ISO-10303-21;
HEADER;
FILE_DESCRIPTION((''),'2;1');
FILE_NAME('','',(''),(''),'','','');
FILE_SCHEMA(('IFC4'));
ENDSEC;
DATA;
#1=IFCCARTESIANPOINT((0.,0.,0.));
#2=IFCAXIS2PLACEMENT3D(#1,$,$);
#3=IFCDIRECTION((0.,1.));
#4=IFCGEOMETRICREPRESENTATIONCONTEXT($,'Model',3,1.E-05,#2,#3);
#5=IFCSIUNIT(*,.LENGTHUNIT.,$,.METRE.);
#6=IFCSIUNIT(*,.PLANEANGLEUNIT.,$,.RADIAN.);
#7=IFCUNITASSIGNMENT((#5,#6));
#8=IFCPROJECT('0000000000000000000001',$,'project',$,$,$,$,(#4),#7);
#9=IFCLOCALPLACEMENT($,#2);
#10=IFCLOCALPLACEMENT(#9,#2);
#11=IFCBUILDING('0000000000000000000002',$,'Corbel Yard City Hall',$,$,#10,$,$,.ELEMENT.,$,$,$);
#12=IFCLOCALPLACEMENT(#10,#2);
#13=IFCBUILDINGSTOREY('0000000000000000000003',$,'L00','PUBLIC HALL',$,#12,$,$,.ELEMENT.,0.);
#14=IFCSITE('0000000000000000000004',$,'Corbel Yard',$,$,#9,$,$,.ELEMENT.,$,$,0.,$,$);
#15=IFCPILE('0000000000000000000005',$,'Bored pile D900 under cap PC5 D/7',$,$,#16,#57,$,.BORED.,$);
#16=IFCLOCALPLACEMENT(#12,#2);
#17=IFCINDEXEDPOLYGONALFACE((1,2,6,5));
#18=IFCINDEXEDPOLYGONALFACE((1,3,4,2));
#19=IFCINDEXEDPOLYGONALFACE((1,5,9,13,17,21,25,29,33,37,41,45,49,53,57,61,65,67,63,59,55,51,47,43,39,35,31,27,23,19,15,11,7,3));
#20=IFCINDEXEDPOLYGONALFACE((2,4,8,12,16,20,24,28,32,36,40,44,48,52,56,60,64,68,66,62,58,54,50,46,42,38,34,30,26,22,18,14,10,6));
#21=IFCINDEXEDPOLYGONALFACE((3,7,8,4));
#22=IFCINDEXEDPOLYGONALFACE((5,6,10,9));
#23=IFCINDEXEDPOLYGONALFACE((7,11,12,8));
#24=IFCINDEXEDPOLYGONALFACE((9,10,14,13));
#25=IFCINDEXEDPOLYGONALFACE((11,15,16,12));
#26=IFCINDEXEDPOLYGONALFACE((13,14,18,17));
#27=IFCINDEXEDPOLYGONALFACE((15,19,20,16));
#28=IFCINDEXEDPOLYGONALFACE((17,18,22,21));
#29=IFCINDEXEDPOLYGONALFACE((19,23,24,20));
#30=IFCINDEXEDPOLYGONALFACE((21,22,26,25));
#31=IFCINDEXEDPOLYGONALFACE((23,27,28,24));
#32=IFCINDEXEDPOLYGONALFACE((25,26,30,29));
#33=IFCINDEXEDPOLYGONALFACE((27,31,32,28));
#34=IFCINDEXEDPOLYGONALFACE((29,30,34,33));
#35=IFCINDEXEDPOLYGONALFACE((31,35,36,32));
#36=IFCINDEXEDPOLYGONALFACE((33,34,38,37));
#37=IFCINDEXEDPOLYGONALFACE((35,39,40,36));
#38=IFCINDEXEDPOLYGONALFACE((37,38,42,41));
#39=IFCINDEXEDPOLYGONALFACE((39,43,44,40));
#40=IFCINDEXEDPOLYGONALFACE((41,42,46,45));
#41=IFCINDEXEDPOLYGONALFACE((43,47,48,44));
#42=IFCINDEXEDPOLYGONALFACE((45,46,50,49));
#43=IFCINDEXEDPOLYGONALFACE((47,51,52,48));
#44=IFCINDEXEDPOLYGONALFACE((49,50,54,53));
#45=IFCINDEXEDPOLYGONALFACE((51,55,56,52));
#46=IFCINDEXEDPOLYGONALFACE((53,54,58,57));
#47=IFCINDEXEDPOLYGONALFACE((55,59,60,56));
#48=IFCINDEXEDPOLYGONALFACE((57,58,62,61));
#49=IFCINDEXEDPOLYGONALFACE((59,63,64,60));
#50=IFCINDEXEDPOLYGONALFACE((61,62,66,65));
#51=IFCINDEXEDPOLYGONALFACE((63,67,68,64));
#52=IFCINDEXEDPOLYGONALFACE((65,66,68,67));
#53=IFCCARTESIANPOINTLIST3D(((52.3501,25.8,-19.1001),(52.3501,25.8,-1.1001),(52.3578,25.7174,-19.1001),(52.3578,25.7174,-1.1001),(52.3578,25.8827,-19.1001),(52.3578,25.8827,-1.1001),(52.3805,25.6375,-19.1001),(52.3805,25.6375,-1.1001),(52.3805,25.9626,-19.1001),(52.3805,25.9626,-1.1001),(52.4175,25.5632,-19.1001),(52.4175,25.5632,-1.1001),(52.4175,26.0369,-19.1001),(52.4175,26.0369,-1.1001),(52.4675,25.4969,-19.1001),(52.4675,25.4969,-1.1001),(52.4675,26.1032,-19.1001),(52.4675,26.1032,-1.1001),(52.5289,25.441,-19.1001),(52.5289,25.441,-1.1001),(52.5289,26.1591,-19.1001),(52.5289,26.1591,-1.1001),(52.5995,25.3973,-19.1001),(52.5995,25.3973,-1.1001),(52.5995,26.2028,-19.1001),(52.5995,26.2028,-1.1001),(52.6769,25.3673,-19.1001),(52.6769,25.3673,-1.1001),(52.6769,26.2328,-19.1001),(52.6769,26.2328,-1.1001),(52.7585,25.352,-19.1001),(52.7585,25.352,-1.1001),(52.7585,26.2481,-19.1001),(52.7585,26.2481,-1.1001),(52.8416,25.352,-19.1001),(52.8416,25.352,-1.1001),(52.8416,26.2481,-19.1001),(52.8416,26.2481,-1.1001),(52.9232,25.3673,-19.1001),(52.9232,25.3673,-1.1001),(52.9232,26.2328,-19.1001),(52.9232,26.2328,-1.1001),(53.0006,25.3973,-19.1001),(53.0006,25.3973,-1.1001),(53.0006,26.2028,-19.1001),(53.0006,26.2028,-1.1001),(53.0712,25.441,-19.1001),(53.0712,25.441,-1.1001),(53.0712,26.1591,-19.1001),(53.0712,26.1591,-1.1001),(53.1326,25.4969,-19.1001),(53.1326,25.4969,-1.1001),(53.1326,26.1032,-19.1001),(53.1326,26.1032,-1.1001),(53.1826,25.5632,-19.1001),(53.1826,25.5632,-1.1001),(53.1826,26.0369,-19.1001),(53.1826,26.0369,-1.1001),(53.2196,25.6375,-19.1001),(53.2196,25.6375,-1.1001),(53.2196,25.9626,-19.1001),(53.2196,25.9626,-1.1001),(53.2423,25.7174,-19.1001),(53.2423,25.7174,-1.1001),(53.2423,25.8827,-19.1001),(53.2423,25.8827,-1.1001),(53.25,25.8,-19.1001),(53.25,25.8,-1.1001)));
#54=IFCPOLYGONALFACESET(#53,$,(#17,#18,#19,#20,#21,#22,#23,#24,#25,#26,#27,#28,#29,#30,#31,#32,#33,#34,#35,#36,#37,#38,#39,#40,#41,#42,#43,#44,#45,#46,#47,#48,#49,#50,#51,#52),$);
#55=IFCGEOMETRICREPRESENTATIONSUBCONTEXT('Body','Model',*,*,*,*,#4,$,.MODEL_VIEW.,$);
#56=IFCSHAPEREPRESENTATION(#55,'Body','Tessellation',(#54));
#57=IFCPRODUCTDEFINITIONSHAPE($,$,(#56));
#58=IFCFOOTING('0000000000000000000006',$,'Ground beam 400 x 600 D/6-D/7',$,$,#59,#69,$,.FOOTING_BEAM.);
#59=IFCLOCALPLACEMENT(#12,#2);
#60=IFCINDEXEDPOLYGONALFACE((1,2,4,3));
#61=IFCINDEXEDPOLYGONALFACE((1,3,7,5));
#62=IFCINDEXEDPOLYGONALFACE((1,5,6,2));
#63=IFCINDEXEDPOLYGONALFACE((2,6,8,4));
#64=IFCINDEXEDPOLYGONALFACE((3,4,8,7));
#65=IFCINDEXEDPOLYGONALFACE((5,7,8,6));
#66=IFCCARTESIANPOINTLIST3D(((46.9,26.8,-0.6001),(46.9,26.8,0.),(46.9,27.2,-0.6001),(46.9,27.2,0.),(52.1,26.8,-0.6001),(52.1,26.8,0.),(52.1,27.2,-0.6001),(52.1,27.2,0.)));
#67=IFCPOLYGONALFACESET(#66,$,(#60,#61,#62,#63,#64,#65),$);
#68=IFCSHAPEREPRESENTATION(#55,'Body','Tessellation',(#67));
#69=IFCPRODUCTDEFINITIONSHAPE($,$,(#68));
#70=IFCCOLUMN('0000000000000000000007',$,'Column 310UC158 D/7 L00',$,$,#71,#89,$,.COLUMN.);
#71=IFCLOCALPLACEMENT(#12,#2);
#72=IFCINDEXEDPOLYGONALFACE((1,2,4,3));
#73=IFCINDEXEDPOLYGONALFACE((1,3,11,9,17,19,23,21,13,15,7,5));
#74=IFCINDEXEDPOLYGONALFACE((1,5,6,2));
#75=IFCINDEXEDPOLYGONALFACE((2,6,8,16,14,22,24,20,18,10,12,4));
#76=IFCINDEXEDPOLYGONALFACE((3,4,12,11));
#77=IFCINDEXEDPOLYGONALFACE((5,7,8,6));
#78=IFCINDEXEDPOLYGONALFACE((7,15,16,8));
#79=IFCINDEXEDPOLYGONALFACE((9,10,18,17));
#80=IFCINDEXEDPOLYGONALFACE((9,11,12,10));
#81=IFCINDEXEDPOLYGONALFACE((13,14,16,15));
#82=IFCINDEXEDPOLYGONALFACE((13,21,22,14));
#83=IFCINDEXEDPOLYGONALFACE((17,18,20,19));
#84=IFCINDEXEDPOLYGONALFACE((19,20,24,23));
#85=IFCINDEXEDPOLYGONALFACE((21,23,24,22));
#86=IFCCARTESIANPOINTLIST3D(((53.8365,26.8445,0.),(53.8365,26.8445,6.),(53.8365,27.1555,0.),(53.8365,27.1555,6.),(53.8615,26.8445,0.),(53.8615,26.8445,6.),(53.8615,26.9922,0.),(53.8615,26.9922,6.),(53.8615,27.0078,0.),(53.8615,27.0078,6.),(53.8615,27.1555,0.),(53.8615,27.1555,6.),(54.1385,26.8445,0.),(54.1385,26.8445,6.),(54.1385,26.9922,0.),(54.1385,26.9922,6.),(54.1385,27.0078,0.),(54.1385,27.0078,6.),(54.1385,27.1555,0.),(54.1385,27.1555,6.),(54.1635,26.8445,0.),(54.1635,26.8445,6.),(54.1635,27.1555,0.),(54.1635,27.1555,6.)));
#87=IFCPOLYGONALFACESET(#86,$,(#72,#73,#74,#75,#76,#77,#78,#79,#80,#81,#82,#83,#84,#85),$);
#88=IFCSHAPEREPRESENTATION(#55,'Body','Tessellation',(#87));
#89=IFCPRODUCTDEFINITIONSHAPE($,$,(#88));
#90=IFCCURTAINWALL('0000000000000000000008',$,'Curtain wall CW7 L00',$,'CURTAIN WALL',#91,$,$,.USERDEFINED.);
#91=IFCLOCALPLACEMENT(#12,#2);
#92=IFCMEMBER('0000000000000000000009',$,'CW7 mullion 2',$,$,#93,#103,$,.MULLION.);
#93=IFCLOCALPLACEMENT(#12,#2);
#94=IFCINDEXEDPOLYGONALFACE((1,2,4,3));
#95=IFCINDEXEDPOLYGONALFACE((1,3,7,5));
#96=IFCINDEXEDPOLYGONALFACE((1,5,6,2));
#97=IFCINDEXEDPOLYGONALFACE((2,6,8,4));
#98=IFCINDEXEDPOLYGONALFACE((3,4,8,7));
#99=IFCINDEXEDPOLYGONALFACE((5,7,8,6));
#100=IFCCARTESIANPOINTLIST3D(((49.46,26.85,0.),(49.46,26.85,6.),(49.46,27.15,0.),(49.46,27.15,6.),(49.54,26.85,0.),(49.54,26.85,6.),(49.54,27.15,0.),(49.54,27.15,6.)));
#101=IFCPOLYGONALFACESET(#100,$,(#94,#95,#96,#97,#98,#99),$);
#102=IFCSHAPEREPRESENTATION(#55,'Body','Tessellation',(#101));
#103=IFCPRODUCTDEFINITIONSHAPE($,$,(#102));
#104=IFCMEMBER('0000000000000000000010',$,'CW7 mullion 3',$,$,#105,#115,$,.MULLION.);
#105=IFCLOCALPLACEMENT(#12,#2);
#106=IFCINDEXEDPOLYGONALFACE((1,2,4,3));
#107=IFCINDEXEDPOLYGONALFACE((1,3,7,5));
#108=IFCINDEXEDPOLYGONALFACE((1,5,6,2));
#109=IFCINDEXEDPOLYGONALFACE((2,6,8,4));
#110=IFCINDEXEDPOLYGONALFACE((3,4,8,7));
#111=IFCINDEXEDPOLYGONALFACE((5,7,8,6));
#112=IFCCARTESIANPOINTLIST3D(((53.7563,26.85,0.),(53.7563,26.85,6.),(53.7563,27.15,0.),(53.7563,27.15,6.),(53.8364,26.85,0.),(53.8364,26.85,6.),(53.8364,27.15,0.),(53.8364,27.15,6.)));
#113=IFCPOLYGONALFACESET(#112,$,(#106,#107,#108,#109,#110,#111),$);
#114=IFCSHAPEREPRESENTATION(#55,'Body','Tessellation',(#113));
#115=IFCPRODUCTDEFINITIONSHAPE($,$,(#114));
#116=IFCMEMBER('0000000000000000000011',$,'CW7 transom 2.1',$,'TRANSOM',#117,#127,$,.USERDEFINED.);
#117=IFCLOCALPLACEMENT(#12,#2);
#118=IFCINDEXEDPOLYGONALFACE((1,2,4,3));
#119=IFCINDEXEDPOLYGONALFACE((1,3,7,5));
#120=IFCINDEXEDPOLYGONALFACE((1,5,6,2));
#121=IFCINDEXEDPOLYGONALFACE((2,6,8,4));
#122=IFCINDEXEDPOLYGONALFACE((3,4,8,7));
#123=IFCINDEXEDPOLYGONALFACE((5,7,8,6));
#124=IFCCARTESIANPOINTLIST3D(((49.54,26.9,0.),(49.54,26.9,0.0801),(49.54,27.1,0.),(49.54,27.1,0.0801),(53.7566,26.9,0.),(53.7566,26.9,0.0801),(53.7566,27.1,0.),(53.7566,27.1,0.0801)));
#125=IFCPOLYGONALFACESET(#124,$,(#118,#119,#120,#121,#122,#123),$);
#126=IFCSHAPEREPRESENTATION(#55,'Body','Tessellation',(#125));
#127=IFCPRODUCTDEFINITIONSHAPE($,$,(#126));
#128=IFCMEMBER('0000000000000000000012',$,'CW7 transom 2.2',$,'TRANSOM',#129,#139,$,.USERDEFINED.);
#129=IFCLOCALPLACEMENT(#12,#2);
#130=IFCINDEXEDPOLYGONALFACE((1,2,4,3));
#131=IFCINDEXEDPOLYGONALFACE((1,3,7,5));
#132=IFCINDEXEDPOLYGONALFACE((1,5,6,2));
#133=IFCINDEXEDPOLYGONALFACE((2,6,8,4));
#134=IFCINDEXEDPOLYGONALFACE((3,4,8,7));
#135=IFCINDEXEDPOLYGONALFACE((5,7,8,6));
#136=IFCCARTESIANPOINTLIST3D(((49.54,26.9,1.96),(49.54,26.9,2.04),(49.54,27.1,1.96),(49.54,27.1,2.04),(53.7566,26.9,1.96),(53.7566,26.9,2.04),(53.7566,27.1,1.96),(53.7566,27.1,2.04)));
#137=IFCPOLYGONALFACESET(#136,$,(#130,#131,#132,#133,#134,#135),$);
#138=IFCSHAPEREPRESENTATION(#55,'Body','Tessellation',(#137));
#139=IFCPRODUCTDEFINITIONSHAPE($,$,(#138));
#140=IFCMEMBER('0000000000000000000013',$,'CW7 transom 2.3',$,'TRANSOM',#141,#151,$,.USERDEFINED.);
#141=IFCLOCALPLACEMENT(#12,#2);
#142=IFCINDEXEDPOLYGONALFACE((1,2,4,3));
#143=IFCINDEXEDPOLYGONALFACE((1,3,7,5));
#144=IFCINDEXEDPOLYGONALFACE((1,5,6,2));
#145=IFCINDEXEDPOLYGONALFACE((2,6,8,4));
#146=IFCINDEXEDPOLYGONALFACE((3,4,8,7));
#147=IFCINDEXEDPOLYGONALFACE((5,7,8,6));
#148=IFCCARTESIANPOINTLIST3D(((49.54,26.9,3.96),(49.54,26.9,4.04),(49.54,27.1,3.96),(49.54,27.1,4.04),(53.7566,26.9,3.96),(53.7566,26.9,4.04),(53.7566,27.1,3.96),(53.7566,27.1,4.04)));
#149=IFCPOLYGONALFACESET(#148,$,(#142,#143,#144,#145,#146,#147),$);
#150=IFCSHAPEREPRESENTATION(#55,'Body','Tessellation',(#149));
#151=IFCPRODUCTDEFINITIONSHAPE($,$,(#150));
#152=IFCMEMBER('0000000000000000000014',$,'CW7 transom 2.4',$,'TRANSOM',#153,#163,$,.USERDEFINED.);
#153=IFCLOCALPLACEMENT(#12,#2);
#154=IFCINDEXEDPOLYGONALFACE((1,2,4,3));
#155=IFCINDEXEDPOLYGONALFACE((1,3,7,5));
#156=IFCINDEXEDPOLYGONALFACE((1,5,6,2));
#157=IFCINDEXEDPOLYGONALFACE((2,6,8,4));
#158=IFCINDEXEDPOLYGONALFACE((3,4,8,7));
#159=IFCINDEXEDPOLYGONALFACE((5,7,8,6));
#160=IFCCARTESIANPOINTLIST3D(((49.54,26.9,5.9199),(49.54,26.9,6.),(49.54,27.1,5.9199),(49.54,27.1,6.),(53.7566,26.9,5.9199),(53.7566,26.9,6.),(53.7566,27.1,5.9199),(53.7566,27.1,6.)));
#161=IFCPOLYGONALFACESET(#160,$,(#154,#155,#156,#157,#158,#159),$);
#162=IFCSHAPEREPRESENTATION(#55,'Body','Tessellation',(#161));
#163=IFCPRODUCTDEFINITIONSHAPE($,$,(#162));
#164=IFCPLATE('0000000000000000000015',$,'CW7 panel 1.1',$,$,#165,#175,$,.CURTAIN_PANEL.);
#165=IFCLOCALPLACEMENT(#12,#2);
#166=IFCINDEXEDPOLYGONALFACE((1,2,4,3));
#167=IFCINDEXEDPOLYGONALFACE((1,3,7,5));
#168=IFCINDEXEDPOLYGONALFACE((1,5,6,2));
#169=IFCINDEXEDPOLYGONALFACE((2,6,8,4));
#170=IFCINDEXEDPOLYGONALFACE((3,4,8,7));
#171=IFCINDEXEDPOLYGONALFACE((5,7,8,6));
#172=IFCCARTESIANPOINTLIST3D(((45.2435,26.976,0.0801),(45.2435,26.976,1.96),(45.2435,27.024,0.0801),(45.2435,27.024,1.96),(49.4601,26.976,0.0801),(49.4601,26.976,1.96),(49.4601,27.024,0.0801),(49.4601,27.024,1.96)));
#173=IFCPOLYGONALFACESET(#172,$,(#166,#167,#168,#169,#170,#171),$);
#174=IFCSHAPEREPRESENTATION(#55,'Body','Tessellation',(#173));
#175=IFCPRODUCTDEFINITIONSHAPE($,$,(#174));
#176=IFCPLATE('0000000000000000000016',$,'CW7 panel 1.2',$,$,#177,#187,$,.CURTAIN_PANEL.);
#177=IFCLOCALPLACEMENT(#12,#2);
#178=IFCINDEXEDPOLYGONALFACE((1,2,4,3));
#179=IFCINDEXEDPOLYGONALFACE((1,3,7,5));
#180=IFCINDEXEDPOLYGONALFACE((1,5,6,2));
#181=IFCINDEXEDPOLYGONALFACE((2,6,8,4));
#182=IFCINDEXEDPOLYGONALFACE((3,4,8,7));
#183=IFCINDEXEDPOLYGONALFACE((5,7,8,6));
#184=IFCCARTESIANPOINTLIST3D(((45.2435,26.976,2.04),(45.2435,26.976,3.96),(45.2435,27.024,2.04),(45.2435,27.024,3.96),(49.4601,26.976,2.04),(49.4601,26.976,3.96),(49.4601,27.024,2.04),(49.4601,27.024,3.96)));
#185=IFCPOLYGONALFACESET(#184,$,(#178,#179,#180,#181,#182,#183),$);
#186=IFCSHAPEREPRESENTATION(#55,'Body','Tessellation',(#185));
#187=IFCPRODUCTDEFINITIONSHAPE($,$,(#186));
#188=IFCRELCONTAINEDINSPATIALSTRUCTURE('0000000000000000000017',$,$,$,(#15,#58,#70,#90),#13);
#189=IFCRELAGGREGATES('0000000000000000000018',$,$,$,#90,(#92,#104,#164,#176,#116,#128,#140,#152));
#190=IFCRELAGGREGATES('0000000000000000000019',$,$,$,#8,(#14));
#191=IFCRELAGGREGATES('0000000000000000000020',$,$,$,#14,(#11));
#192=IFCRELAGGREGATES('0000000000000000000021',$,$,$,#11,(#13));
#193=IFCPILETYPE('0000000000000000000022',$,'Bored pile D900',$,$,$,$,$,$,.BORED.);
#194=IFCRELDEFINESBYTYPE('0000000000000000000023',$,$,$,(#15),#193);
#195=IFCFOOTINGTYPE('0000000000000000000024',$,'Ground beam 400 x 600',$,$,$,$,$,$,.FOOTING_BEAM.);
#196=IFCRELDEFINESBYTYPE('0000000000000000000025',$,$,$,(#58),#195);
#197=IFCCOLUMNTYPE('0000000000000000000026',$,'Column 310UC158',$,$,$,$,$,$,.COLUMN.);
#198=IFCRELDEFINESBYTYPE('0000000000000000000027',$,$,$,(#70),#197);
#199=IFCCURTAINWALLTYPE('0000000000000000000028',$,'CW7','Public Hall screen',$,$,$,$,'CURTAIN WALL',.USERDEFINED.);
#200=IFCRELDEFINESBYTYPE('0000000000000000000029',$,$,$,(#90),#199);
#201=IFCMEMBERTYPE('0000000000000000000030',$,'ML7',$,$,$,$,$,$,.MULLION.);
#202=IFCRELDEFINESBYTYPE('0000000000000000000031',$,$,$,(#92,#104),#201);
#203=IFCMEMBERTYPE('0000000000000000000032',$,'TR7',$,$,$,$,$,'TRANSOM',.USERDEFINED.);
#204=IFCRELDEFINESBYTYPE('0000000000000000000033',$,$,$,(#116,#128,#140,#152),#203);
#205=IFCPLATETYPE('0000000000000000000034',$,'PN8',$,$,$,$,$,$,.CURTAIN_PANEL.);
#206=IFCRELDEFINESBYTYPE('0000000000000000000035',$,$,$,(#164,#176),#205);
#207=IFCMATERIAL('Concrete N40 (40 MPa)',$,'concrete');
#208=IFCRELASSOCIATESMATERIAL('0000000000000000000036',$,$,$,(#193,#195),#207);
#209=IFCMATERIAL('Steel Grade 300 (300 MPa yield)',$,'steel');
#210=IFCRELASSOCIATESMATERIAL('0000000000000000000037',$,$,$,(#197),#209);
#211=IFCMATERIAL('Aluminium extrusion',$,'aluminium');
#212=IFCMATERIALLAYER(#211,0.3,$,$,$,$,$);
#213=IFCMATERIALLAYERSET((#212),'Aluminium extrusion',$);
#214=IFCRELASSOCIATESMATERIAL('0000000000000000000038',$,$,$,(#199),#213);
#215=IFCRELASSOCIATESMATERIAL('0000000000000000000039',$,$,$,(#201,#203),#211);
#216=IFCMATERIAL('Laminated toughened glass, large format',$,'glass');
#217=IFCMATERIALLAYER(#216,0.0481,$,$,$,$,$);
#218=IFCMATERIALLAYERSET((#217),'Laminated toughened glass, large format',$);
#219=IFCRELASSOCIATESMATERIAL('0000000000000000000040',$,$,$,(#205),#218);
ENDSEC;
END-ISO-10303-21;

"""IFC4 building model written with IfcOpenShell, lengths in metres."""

from ifc_helpers import new_model, si_unit, direction, frame, origin, origin_2d, place, context, subcontext, project, spatial, rectangle, circle, i_section, extrude, material, layer, layer_set, material_profile, profile_set, type_object, element, aggregate, save


model = new_model("IFC4")

# Units and contexts
model_context = context("Model", 3, precision=1e-05, world=origin(), true_north=direction((0.0, 1.0)))
body_context = subcontext(model_context, "Body", "Model", "MODEL_VIEW")
ifc_project = project(units=[si_unit("LENGTHUNIT", "METRE"), si_unit("PLANEANGLEUNIT", "RADIAN")], contexts=[model_context])

# Site, building, storey
site_placement = place(None, origin())
site = spatial("IfcSite", under=ifc_project, at=site_placement, Name="Corbel Yard", CompositionType="ELEMENT", RefElevation=0.0)
building_placement = place(site_placement, origin())
building = spatial("IfcBuilding", under=site, at=building_placement, Name="Corbel Yard City Hall", CompositionType="ELEMENT")
storey_placement = place(building_placement, origin())
storey = spatial("IfcBuildingStorey", under=building, at=storey_placement, Name="L00", Description="PUBLIC HALL", CompositionType="ELEMENT", Elevation=0.0)

# Pile
ifc_material_1 = material(Name="Concrete N40 (40 MPa)", Category="concrete")
ifc_material_profile_1 = material_profile(ifc_material_1, circle(Radius=0.45, at=origin_2d()), Name="D900")
ifc_profile_set_1 = profile_set([ifc_material_profile_1], Name="Concrete N40 (40 MPa)")
pile_type_1 = type_object("IfcPileType", Name="Bored pile D900", PredefinedType="BORED", material=ifc_profile_set_1)
for number, where, z_axis, x_axis, name in (
    (1, (52.8, 25.8, -1.1001), (0.0, 0.0, -1.0), (1.0, 0.0, 0.0), "Bored pile D900 under cap PC5 D/7"),
):
    element("IfcPile", number, at=place(storey_placement, frame(where, z_axis=z_axis, x_axis=x_axis)), inside=storey, type_object=pile_type_1, Name=name, PredefinedType="BORED", context=body_context, shape_type="SweptSolid", body=[
        extrude(circle(Radius=0.45, at=origin_2d()), origin(), (0.0, 0.0, 1.0), 18.0),
    ])

# Footing
footing_type = type_object("IfcFootingType", Name="Ground beam 400 x 600", PredefinedType="FOOTING_BEAM", material=ifc_material_1)
footing_placement = place(storey_placement, frame((49.5, 27.0, -0.6001), z_axis=(0.0, 0.0, 1.0), x_axis=(1.0, 0.0, 0.0)))
element("IfcFooting", 2, at=footing_placement, inside=storey, type_object=footing_type, Name="Ground beam 400 x 600 D/6-D/7", PredefinedType="FOOTING_BEAM", context=body_context, shape_type="SweptSolid", body=[
    extrude(rectangle(XDim=5.2, YDim=0.3999, at=origin_2d()), origin(), (0.0, 0.0, 1.0), 0.6001),
])

# Column
ifc_material_2 = material(Name="Steel Grade 300 (300 MPa yield)", Category="steel")
ifc_material_profile_2 = material_profile(ifc_material_2, i_section(OverallWidth=0.311, OverallDepth=0.3269, WebThickness=0.0156, FlangeThickness=0.0249, at=origin_2d()), Name="310UC158")
ifc_profile_set_2 = profile_set([ifc_material_profile_2], Name="Steel Grade 300 (300 MPa yield)")
column_type = type_object("IfcColumnType", Name="Column 310UC158", PredefinedType="COLUMN", material=ifc_profile_set_2)
column_placement = place(storey_placement, frame((54.0, 27.0, 0.0), z_axis=(0.0, 0.0, 1.0), x_axis=(0.0, 1.0, 0.0)))
element("IfcColumn", 3, at=column_placement, inside=storey, type_object=column_type, Name="Column 310UC158 D/7 L00", PredefinedType="COLUMN", context=body_context, shape_type="SweptSolid", body=[
    extrude(i_section(OverallWidth=0.311, OverallDepth=0.3269, WebThickness=0.0156, FlangeThickness=0.0249, at=origin_2d()), origin(), (0.0, 0.0, 1.0), 6.0),
])

# Curtain wall, members, plates
ifc_material_3 = material(Name="Aluminium extrusion", Category="aluminium")
ifc_layer_1 = layer(ifc_material_3, 0.3)
ifc_layer_set_1 = layer_set([ifc_layer_1], Name="Aluminium extrusion")
curtain_wall_type = type_object("IfcCurtainWallType", Name="CW7", Description="Public Hall screen", ElementType="CURTAIN WALL", PredefinedType="USERDEFINED", material=ifc_layer_set_1)
curtain_wall_placement = place(storey_placement, origin())
curtain_wall = element("IfcCurtainWall", 4, at=curtain_wall_placement, inside=storey, type_object=curtain_wall_type, Name="Curtain wall CW7 L00", ObjectType="CURTAIN WALL", PredefinedType="USERDEFINED")
ifc_material_profile_3 = material_profile(ifc_material_3, rectangle(XDim=0.3, YDim=0.0801, at=origin_2d()), Name="300x80")
ifc_profile_set_3 = profile_set([ifc_material_profile_3], Name="Aluminium extrusion")
member_type_1 = type_object("IfcMemberType", Name="ML7", PredefinedType="MULLION", material=ifc_profile_set_3)
member_1_placement = place(storey_placement, frame((49.5, 27.0, 0.0), z_axis=(0.0, 0.0, 1.0), x_axis=(0.0, 1.0, 0.0)))
member_1 = element("IfcMember", 5, at=member_1_placement, type_object=member_type_1, Name="CW7 mullion 2", PredefinedType="MULLION", context=body_context, shape_type="SweptSolid", body=[
    extrude(rectangle(XDim=0.3, YDim=0.0801, at=origin_2d()), origin(), (0.0, 0.0, 1.0), 6.0),
])
member_2_placement = place(storey_placement, frame((53.7964, 27.0, 0.0), z_axis=(0.0, 0.0, 1.0), x_axis=(0.0, 1.0, 0.0)))
member_2 = element("IfcMember", 6, at=member_2_placement, type_object=member_type_1, Name="CW7 mullion 3", PredefinedType="MULLION", context=body_context, shape_type="SweptSolid", body=[
    extrude(rectangle(XDim=0.3, YDim=0.0801, at=origin_2d()), origin(), (0.0, 0.0, 1.0), 6.0),
])
ifc_material_profile_4 = material_profile(ifc_material_3, rectangle(XDim=0.2, YDim=0.0801, at=origin_2d()), Name="200x80")
ifc_profile_set_4 = profile_set([ifc_material_profile_4], Name="Aluminium extrusion")
member_type_2 = type_object("IfcMemberType", Name="TR7", ElementType="TRANSOM", PredefinedType="USERDEFINED", material=ifc_profile_set_4)
member_3_placement = place(storey_placement, frame((49.54, 27.0, 0.04), z_axis=(1.0, 0.0, 0.0), x_axis=(0.0, 1.0, 0.0)))
member_3 = element("IfcMember", 7, at=member_3_placement, type_object=member_type_2, Name="CW7 transom 2.1", ObjectType="TRANSOM", PredefinedType="USERDEFINED", context=body_context, shape_type="SweptSolid", body=[
    extrude(rectangle(XDim=0.2, YDim=0.0801, at=origin_2d()), origin(), (0.0, 0.0, 1.0), 4.2166),
])
member_4_placement = place(storey_placement, frame((49.54, 27.0, 2.0), z_axis=(1.0, 0.0, 0.0), x_axis=(0.0, 1.0, 0.0)))
member_4 = element("IfcMember", 8, at=member_4_placement, type_object=member_type_2, Name="CW7 transom 2.2", ObjectType="TRANSOM", PredefinedType="USERDEFINED", context=body_context, shape_type="SweptSolid", body=[
    extrude(rectangle(XDim=0.2, YDim=0.0801, at=origin_2d()), origin(), (0.0, 0.0, 1.0), 4.2166),
])
member_5_placement = place(storey_placement, frame((49.54, 27.0, 4.0), z_axis=(1.0, 0.0, 0.0), x_axis=(0.0, 1.0, 0.0)))
member_5 = element("IfcMember", 9, at=member_5_placement, type_object=member_type_2, Name="CW7 transom 2.3", ObjectType="TRANSOM", PredefinedType="USERDEFINED", context=body_context, shape_type="SweptSolid", body=[
    extrude(rectangle(XDim=0.2, YDim=0.0801, at=origin_2d()), origin(), (0.0, 0.0, 1.0), 4.2166),
])
member_6_placement = place(storey_placement, frame((49.54, 27.0, 5.96), z_axis=(1.0, 0.0, 0.0), x_axis=(0.0, 1.0, 0.0)))
member_6 = element("IfcMember", 10, at=member_6_placement, type_object=member_type_2, Name="CW7 transom 2.4", ObjectType="TRANSOM", PredefinedType="USERDEFINED", context=body_context, shape_type="SweptSolid", body=[
    extrude(rectangle(XDim=0.2, YDim=0.0801, at=origin_2d()), origin(), (0.0, 0.0, 1.0), 4.2166),
])
ifc_material_4 = material(Name="Laminated toughened glass, large format", Category="glass")
ifc_layer_2 = layer(ifc_material_4, 0.0481)
ifc_layer_set_2 = layer_set([ifc_layer_2], Name="Laminated toughened glass, large format")
plate_type = type_object("IfcPlateType", Name="PN8", PredefinedType="CURTAIN_PANEL", material=ifc_layer_set_2)
plate_1_placement = place(storey_placement, frame((47.3518, 27.0, 0.0801), z_axis=(0.0, 0.0, 1.0), x_axis=(1.0, 0.0, 0.0)))
plate_1 = element("IfcPlate", 11, at=plate_1_placement, type_object=plate_type, Name="CW7 panel 1.1", PredefinedType="CURTAIN_PANEL", context=body_context, shape_type="SweptSolid", body=[
    extrude(rectangle(XDim=4.2166, YDim=0.0481, at=origin_2d()), origin(), (0.0, 0.0, 1.0), 1.8799),
])
plate_2_placement = place(storey_placement, frame((47.3518, 27.0, 2.04), z_axis=(0.0, 0.0, 1.0), x_axis=(1.0, 0.0, 0.0)))
plate_2 = element("IfcPlate", 12, at=plate_2_placement, type_object=plate_type, Name="CW7 panel 1.2", PredefinedType="CURTAIN_PANEL", context=body_context, shape_type="SweptSolid", body=[
    extrude(rectangle(XDim=4.2166, YDim=0.0481, at=origin_2d()), origin(), (0.0, 0.0, 1.0), 1.9199),
])
aggregate(curtain_wall, [member_1, member_2, plate_1, plate_2, member_3, member_4, member_5, member_6])

save(model, "model.ifc")
